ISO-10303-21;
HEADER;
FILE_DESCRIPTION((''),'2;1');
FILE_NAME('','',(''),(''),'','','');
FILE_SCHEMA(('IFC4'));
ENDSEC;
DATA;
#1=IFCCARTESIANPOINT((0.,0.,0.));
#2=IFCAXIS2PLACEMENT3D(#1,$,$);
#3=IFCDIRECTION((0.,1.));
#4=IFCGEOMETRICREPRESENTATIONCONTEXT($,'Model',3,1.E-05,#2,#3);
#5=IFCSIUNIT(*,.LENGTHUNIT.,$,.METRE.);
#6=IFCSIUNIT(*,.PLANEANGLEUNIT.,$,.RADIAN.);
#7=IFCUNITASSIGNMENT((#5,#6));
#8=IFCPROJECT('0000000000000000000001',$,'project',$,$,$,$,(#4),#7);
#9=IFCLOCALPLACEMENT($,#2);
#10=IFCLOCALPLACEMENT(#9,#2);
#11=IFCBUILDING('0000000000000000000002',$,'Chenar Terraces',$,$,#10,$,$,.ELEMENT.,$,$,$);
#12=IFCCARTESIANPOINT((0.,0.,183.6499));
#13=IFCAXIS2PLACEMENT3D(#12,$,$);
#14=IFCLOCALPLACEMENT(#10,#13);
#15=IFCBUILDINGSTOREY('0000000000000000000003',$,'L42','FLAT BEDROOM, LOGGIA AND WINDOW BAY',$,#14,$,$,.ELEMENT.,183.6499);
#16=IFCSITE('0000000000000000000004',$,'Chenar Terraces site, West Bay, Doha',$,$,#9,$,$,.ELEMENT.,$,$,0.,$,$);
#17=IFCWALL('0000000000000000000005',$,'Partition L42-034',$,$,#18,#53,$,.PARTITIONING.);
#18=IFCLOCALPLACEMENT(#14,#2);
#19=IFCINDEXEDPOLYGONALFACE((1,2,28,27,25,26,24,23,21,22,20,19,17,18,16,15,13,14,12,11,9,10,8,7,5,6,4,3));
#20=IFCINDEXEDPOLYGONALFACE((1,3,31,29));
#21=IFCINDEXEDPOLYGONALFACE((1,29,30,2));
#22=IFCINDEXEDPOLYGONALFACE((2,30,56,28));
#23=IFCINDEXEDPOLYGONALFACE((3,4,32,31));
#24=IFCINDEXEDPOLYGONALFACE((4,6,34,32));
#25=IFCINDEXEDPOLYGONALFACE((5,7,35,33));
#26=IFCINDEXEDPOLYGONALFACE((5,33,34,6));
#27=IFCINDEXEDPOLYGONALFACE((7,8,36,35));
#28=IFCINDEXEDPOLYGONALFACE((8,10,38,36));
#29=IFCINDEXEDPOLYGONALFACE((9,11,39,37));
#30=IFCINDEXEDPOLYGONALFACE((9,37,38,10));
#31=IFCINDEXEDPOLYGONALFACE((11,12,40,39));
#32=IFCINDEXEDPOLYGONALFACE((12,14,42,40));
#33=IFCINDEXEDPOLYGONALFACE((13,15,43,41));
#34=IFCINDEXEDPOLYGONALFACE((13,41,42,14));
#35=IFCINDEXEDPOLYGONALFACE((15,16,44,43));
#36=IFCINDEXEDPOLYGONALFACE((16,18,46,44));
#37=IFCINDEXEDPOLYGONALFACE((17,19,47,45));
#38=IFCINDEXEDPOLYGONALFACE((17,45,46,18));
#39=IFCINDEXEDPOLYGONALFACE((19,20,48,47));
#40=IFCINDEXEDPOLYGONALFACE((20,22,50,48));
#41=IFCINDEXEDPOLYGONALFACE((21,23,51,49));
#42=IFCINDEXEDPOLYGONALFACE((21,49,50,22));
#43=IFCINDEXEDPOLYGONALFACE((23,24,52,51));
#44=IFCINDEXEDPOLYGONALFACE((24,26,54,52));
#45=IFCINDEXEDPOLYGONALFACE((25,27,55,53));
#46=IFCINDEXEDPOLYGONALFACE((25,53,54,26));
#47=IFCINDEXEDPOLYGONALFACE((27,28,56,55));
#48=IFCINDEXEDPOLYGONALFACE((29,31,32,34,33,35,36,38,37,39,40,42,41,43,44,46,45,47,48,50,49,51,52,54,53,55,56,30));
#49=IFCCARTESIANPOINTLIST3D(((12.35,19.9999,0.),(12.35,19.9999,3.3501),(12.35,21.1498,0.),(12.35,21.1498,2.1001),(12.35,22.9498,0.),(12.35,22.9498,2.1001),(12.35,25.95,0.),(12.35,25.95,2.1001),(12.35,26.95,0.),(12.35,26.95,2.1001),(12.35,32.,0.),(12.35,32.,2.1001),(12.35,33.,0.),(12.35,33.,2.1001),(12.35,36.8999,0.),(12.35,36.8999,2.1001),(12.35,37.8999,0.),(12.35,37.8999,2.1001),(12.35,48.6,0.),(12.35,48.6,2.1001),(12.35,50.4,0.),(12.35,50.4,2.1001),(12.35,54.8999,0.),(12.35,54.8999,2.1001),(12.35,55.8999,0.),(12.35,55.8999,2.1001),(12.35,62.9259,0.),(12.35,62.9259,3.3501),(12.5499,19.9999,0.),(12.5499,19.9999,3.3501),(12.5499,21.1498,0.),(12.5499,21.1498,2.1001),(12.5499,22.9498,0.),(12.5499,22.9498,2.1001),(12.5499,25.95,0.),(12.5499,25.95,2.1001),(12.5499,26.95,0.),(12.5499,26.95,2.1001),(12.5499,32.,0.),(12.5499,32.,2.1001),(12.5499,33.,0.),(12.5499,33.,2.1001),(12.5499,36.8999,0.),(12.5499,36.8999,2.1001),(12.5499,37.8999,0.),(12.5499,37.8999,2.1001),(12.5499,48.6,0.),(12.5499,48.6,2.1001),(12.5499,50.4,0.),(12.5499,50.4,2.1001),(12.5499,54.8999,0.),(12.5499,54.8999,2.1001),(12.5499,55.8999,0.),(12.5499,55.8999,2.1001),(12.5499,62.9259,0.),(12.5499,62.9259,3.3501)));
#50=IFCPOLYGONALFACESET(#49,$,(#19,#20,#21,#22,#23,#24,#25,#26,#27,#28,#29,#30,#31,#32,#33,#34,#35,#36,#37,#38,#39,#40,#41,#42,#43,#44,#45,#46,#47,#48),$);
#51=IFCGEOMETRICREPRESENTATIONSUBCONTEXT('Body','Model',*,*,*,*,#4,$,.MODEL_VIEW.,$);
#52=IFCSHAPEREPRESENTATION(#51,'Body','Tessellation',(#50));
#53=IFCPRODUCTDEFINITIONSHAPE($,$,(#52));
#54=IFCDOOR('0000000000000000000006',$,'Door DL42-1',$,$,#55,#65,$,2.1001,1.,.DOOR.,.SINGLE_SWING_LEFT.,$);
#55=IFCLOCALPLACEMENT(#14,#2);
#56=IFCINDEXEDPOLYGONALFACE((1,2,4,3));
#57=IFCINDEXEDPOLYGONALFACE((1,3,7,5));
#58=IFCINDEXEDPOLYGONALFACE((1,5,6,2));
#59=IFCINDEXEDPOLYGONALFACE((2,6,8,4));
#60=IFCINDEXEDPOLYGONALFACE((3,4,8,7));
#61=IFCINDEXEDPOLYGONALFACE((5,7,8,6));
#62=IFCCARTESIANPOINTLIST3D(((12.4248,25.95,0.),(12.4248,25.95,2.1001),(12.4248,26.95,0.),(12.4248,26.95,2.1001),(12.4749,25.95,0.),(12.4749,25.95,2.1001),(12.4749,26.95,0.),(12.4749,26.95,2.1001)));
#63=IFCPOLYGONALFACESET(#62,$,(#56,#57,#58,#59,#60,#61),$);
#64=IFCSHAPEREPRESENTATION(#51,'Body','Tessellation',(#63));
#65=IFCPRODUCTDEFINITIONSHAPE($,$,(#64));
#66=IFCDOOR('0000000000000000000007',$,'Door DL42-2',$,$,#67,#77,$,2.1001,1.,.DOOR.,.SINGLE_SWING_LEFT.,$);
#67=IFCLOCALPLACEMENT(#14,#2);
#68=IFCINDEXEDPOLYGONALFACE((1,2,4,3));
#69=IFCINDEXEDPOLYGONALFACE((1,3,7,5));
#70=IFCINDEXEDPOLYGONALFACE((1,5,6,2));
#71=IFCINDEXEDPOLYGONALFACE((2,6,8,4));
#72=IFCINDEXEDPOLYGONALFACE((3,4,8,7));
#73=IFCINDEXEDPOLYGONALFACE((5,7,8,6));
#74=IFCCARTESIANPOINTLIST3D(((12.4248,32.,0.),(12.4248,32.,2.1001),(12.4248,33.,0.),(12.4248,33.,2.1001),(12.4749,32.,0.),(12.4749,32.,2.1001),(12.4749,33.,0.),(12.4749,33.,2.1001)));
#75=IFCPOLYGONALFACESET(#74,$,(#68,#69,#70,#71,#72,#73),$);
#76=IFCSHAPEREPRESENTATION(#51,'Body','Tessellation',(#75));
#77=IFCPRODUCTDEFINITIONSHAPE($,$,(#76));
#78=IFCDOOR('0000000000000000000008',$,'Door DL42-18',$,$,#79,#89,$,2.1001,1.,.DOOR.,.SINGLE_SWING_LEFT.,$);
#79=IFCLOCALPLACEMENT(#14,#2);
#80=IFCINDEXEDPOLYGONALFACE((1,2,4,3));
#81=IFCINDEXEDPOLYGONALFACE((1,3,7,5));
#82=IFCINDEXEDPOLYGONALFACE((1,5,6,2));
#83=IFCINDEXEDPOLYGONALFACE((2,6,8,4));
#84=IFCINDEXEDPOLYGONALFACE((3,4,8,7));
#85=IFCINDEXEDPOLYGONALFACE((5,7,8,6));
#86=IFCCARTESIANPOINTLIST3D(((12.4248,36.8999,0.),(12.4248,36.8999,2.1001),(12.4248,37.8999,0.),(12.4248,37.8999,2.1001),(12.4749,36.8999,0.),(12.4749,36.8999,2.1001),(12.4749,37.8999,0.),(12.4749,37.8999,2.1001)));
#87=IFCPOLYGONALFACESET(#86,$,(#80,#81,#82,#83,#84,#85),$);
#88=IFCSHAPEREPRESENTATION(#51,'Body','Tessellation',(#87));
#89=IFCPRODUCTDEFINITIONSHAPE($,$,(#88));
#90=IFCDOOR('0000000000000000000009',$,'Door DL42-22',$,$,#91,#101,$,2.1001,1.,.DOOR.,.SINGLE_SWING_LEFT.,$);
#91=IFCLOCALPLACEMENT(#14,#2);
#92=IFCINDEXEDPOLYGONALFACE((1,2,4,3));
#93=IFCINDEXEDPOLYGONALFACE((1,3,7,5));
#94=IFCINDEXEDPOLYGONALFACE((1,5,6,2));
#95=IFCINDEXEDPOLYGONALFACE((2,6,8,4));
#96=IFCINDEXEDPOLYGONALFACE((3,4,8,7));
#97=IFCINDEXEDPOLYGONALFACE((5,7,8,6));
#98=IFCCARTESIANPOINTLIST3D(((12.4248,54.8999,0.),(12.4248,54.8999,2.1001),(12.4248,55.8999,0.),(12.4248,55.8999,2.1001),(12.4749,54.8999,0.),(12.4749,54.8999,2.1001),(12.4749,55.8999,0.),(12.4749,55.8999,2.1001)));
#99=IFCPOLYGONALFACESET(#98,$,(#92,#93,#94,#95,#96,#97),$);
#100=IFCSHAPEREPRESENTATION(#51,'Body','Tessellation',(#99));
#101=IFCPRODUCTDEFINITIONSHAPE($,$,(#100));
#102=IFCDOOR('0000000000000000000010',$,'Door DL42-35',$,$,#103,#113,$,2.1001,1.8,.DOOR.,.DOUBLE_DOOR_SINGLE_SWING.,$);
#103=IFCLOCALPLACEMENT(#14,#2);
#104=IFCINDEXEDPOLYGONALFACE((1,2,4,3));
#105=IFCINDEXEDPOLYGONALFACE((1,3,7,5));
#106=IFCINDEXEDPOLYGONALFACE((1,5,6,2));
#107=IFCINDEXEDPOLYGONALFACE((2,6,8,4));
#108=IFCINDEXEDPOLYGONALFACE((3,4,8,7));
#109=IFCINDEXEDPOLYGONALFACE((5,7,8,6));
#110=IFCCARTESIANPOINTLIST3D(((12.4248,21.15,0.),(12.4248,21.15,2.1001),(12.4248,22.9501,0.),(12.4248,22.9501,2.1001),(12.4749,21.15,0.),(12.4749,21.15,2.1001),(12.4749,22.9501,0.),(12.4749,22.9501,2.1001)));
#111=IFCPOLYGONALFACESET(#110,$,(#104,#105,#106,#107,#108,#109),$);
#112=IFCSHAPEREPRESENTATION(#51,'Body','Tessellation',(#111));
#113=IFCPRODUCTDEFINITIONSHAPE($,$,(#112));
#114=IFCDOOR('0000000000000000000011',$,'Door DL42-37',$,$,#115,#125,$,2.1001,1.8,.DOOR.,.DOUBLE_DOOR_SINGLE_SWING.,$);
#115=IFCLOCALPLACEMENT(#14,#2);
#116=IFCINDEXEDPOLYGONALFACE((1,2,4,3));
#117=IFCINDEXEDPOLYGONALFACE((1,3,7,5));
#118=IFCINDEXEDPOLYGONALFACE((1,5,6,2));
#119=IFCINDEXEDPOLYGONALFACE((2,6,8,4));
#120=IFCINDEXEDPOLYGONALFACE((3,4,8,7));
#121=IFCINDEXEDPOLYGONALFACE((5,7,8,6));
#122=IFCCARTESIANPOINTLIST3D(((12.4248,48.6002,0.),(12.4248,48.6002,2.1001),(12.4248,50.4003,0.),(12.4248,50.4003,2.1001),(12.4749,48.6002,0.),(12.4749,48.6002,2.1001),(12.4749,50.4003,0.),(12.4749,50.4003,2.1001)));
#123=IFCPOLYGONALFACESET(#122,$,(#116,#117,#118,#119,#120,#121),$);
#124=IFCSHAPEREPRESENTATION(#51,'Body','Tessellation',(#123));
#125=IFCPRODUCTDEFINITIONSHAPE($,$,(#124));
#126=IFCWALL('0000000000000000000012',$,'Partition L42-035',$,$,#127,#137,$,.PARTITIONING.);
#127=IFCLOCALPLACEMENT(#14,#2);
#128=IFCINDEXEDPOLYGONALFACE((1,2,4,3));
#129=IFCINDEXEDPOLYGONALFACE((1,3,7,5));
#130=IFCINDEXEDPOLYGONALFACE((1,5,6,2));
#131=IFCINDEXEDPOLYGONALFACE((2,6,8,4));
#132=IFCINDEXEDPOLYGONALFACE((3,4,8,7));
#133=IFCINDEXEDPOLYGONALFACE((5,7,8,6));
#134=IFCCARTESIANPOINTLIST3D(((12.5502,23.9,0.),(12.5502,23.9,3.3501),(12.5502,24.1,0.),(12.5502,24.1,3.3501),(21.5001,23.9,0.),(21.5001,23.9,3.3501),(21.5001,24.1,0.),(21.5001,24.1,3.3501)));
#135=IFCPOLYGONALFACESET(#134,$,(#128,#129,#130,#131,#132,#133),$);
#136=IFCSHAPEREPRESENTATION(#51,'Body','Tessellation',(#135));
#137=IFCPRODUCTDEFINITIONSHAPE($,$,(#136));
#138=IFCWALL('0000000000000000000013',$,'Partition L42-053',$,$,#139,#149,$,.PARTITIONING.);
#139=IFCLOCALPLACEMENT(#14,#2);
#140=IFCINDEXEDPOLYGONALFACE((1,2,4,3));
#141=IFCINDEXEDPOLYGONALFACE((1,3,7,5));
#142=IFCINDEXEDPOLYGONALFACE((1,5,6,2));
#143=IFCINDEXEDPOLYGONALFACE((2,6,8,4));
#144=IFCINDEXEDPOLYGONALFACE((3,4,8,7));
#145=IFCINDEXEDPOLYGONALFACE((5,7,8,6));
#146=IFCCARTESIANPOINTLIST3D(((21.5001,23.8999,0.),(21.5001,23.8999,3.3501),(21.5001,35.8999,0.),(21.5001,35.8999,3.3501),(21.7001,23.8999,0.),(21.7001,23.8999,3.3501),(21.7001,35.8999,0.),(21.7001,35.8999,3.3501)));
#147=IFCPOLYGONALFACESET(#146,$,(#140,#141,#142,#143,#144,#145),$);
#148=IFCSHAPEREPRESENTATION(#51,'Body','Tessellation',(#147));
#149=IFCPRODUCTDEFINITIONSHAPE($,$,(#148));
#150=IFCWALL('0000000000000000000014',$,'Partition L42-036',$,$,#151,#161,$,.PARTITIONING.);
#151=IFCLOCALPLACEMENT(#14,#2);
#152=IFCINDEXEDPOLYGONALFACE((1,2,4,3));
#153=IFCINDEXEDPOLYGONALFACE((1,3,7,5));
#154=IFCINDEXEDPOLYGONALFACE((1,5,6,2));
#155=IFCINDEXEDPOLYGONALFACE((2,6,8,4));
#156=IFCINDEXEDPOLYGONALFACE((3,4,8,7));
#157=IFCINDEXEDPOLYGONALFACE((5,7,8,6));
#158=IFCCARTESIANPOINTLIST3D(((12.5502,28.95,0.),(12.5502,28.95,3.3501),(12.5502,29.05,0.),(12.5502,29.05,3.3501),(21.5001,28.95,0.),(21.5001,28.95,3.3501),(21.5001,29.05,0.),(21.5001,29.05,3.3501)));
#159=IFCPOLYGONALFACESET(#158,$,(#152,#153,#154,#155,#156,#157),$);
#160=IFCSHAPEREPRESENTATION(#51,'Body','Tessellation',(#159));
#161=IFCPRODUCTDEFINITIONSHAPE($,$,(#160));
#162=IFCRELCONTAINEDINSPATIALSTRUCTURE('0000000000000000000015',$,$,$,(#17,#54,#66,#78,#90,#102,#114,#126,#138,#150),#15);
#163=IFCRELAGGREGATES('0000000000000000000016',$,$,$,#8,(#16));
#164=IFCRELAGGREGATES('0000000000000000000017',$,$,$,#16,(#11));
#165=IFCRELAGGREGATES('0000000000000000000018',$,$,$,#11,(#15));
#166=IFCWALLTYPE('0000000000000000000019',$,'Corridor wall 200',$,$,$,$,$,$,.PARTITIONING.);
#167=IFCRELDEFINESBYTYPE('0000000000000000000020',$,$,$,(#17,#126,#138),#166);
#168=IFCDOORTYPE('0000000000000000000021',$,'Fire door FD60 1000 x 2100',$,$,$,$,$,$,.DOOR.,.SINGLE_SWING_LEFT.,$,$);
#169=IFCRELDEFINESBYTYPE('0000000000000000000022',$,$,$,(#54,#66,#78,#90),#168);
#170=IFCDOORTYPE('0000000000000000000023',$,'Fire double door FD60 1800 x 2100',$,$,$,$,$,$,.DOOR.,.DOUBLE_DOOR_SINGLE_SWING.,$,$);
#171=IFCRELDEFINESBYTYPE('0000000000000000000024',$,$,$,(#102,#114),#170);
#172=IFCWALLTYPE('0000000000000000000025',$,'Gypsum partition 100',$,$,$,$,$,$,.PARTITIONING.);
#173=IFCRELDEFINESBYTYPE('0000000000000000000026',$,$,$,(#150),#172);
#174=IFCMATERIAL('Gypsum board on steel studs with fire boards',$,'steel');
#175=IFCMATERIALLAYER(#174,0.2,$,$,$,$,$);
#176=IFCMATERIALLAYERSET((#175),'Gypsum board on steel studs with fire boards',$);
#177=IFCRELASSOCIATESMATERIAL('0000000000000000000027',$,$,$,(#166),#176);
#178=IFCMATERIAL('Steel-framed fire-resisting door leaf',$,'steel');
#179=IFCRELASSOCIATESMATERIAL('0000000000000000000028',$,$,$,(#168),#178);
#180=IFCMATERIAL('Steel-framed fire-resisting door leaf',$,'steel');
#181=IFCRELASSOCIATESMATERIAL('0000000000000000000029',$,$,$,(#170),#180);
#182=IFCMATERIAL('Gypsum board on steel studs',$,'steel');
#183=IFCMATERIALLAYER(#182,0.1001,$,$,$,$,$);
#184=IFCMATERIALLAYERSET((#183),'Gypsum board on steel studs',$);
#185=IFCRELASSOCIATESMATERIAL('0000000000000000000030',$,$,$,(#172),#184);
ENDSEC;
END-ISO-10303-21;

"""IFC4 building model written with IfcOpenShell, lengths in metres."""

from ifc_helpers import new_model, si_unit, direction, frame, frame_2d, origin, place, context, subcontext, project, spatial, rectangle, extrude, material, layer, layer_set, type_object, element, fill, save


model = new_model("IFC4")

# Units and contexts
model_context = context("Model", 3, precision=1e-05, world=origin(), true_north=direction((0.0, 1.0)))
body_context = subcontext(model_context, "Body", "Model", "MODEL_VIEW")
ifc_project = project(units=[si_unit("LENGTHUNIT", "METRE"), si_unit("PLANEANGLEUNIT", "RADIAN")], contexts=[model_context])

# Site, building, storey
site_placement = place(None, origin())
site = spatial("IfcSite", under=ifc_project, at=site_placement, Name="Chenar Terraces site, West Bay, Doha", CompositionType="ELEMENT", RefElevation=0.0)
building_placement = place(site_placement, origin())
building = spatial("IfcBuilding", under=site, at=building_placement, Name="Chenar Terraces", CompositionType="ELEMENT")
storey_placement = place(building_placement, frame((0.0, 0.0, 183.6499)))
storey = spatial("IfcBuildingStorey", under=building, at=storey_placement, Name="L42", Description="FLAT BEDROOM, LOGGIA AND WINDOW BAY", CompositionType="ELEMENT", Elevation=183.6499)

# Wall, openings, doors
ifc_material_1 = material(Name="Gypsum board on steel studs with fire boards", Category="steel")
ifc_layer_1 = layer(ifc_material_1, 0.2)
ifc_layer_set_1 = layer_set([ifc_layer_1], Name="Gypsum board on steel studs with fire boards")
wall_type_1 = type_object("IfcWallType", Name="Corridor wall 200", PredefinedType="PARTITIONING", material=ifc_layer_set_1)
wall_1_placement = place(storey_placement, frame((12.45, 20.0, 0.0), z_axis=(0.0, 0.0, 1.0), x_axis=(0.0, 1.0, 0.0)))
wall_1 = element("IfcWall", 1, at=wall_1_placement, inside=storey, type_object=wall_type_1, Name="Partition L42-034", PredefinedType="PARTITIONING", context=body_context, shape_type="SweptSolid", body=[
    extrude(rectangle(XDim=42.926, YDim=0.2, at=frame_2d((21.4629, 0.0))), origin(), (0.0, 0.0, 1.0), 3.3501),
])
opening_1_placement = place(wall_1_placement, frame((5.95, 0.0, 0.0)))
opening_1 = element("IfcOpeningElement", 2, at=opening_1_placement, cuts=wall_1, PredefinedType="OPENING", context=body_context, shape_type="SweptSolid", body=[
    extrude(rectangle(XDim=1.0, YDim=2.1001, at=frame_2d((0.5, 1.05))), frame((0.0, 0.1099, 0.0), z_axis=(0.0, -1.0, 0.0), x_axis=(1.0, 0.0, 0.0)), (0.0, 0.0, 1.0), 0.22),
])
opening_2_placement = place(wall_1_placement, frame((12.0, 0.0, 0.0)))
opening_2 = element("IfcOpeningElement", 3, at=opening_2_placement, cuts=wall_1, PredefinedType="OPENING", context=body_context, shape_type="SweptSolid", body=[
    extrude(rectangle(XDim=1.0, YDim=2.1001, at=frame_2d((0.5, 1.05))), frame((0.0, 0.1099, 0.0), z_axis=(0.0, -1.0, 0.0), x_axis=(1.0, 0.0, 0.0)), (0.0, 0.0, 1.0), 0.22),
])
opening_3_placement = place(wall_1_placement, frame((16.8999, 0.0, 0.0)))
opening_3 = element("IfcOpeningElement", 4, at=opening_3_placement, cuts=wall_1, PredefinedType="OPENING", context=body_context, shape_type="SweptSolid", body=[
    extrude(rectangle(XDim=1.0, YDim=2.1001, at=frame_2d((0.5, 1.05))), frame((0.0, 0.1099, 0.0), z_axis=(0.0, -1.0, 0.0), x_axis=(1.0, 0.0, 0.0)), (0.0, 0.0, 1.0), 0.22),
])
opening_4_placement = place(wall_1_placement, frame((34.8999, 0.0, 0.0)))
opening_4 = element("IfcOpeningElement", 5, at=opening_4_placement, cuts=wall_1, PredefinedType="OPENING", context=body_context, shape_type="SweptSolid", body=[
    extrude(rectangle(XDim=1.0, YDim=2.1001, at=frame_2d((0.5, 1.05))), frame((0.0, 0.1099, 0.0), z_axis=(0.0, -1.0, 0.0), x_axis=(1.0, 0.0, 0.0)), (0.0, 0.0, 1.0), 0.22),
])
opening_5_placement = place(wall_1_placement, frame((1.1499, 0.0, 0.0)))
opening_5 = element("IfcOpeningElement", 6, at=opening_5_placement, cuts=wall_1, PredefinedType="OPENING", context=body_context, shape_type="SweptSolid", body=[
    extrude(rectangle(XDim=1.8, YDim=2.1001, at=frame_2d((0.8999, 1.05))), frame((0.0, 0.1099, 0.0), z_axis=(0.0, -1.0, 0.0), x_axis=(1.0, 0.0, 0.0)), (0.0, 0.0, 1.0), 0.22),
])
opening_6_placement = place(wall_1_placement, frame((28.6001, 0.0, 0.0)))
opening_6 = element("IfcOpeningElement", 7, at=opening_6_placement, cuts=wall_1, PredefinedType="OPENING", context=body_context, shape_type="SweptSolid", body=[
    extrude(rectangle(XDim=1.8, YDim=2.1001, at=frame_2d((0.8999, 1.05))), frame((0.0, 0.1099, 0.0), z_axis=(0.0, -1.0, 0.0), x_axis=(1.0, 0.0, 0.0)), (0.0, 0.0, 1.0), 0.22),
])
ifc_material_2 = material(Name="Steel-framed fire-resisting door leaf", Category="steel")
door_type_1 = type_object("IfcDoorType", Name="Fire door FD60 1000 x 2100", OperationType="SINGLE_SWING_LEFT", PredefinedType="DOOR", material=ifc_material_2)
door_1_placement = place(opening_1_placement, frame((1.0, 0.0, 0.0), z_axis=(0.0, 0.0, 1.0), x_axis=(-1.0, 0.0, 0.0)))
door_1 = element("IfcDoor", 8, at=door_1_placement, inside=storey, type_object=door_type_1, Name="Door DL42-1", OperationType="SINGLE_SWING_LEFT", OverallHeight=2.1001, OverallWidth=1.0, PredefinedType="DOOR", context=body_context, shape_type="SweptSolid", body=[
    extrude(rectangle(XDim=1.0, YDim=2.1001, at=frame_2d((0.5, 1.05))), frame((0.0, 0.0249, 0.0), z_axis=(0.0, -1.0, 0.0), x_axis=(1.0, 0.0, 0.0)), (0.0, 0.0, 1.0), 0.05),
])
fill(opening_1, door_1)
door_2_placement = place(opening_2_placement, frame((1.0, 0.0, 0.0), z_axis=(0.0, 0.0, 1.0), x_axis=(-1.0, 0.0, 0.0)))
door_2 = element("IfcDoor", 9, at=door_2_placement, inside=storey, type_object=door_type_1, Name="Door DL42-2", OperationType="SINGLE_SWING_LEFT", OverallHeight=2.1001, OverallWidth=1.0, PredefinedType="DOOR", context=body_context, shape_type="SweptSolid", body=[
    extrude(rectangle(XDim=1.0, YDim=2.1001, at=frame_2d((0.5, 1.05))), frame((0.0, 0.0249, 0.0), z_axis=(0.0, -1.0, 0.0), x_axis=(1.0, 0.0, 0.0)), (0.0, 0.0, 1.0), 0.05),
])
fill(opening_2, door_2)
door_3_placement = place(opening_3_placement, frame((1.0, 0.0, 0.0), z_axis=(0.0, 0.0, 1.0), x_axis=(-1.0, 0.0, 0.0)))
door_3 = element("IfcDoor", 10, at=door_3_placement, inside=storey, type_object=door_type_1, Name="Door DL42-18", OperationType="SINGLE_SWING_LEFT", OverallHeight=2.1001, OverallWidth=1.0, PredefinedType="DOOR", context=body_context, shape_type="SweptSolid", body=[
    extrude(rectangle(XDim=1.0, YDim=2.1001, at=frame_2d((0.5, 1.05))), frame((0.0, 0.0249, 0.0), z_axis=(0.0, -1.0, 0.0), x_axis=(1.0, 0.0, 0.0)), (0.0, 0.0, 1.0), 0.05),
])
fill(opening_3, door_3)
door_4_placement = place(opening_4_placement, frame((1.0, 0.0, 0.0), z_axis=(0.0, 0.0, 1.0), x_axis=(-1.0, 0.0, 0.0)))
door_4 = element("IfcDoor", 11, at=door_4_placement, inside=storey, type_object=door_type_1, Name="Door DL42-22", OperationType="SINGLE_SWING_LEFT", OverallHeight=2.1001, OverallWidth=1.0, PredefinedType="DOOR", context=body_context, shape_type="SweptSolid", body=[
    extrude(rectangle(XDim=1.0, YDim=2.1001, at=frame_2d((0.5, 1.05))), frame((0.0, 0.0249, 0.0), z_axis=(0.0, -1.0, 0.0), x_axis=(1.0, 0.0, 0.0)), (0.0, 0.0, 1.0), 0.05),
])
fill(opening_4, door_4)
ifc_material_3 = material(Name="Steel-framed fire-resisting door leaf", Category="steel")
door_type_2 = type_object("IfcDoorType", Name="Fire double door FD60 1800 x 2100", OperationType="DOUBLE_DOOR_SINGLE_SWING", PredefinedType="DOOR", material=ifc_material_3)
door_5_placement = place(opening_5_placement, frame((1.8, 0.0, 0.0), z_axis=(0.0, 0.0, 1.0), x_axis=(-1.0, 0.0, 0.0)))
door_5 = element("IfcDoor", 12, at=door_5_placement, inside=storey, type_object=door_type_2, Name="Door DL42-35", OperationType="DOUBLE_DOOR_SINGLE_SWING", OverallHeight=2.1001, OverallWidth=1.8, PredefinedType="DOOR", context=body_context, shape_type="SweptSolid", body=[
    extrude(rectangle(XDim=1.8, YDim=2.1001, at=frame_2d((0.8999, 1.05))), frame((0.0, 0.0249, 0.0), z_axis=(0.0, -1.0, 0.0), x_axis=(1.0, 0.0, 0.0)), (0.0, 0.0, 1.0), 0.05),
])
fill(opening_5, door_5)
door_6_placement = place(opening_6_placement, frame((1.8, 0.0, 0.0), z_axis=(0.0, 0.0, 1.0), x_axis=(-1.0, 0.0, 0.0)))
door_6 = element("IfcDoor", 13, at=door_6_placement, inside=storey, type_object=door_type_2, Name="Door DL42-37", OperationType="DOUBLE_DOOR_SINGLE_SWING", OverallHeight=2.1001, OverallWidth=1.8, PredefinedType="DOOR", context=body_context, shape_type="SweptSolid", body=[
    extrude(rectangle(XDim=1.8, YDim=2.1001, at=frame_2d((0.8999, 1.05))), frame((0.0, 0.0249, 0.0), z_axis=(0.0, -1.0, 0.0), x_axis=(1.0, 0.0, 0.0)), (0.0, 0.0, 1.0), 0.05),
])
fill(opening_6, door_6)

# Walls
wall_2_placement = place(storey_placement, frame((12.55, 24.0, 0.0), z_axis=(0.0, 0.0, 1.0), x_axis=(1.0, 0.0, 0.0)))
element("IfcWall", 14, at=wall_2_placement, inside=storey, type_object=wall_type_1, Name="Partition L42-035", PredefinedType="PARTITIONING", context=body_context, shape_type="SweptSolid", body=[
    extrude(rectangle(XDim=8.95, YDim=0.2, at=frame_2d((4.4751, 0.0))), origin(), (0.0, 0.0, 1.0), 3.3501),
])
wall_3_placement = place(storey_placement, frame((21.6001, 23.8999, 0.0), z_axis=(0.0, 0.0, 1.0), x_axis=(0.0, 1.0, 0.0)))
element("IfcWall", 15, at=wall_3_placement, inside=storey, type_object=wall_type_1, Name="Partition L42-053", PredefinedType="PARTITIONING", context=body_context, shape_type="SweptSolid", body=[
    extrude(rectangle(XDim=12.0, YDim=0.2, at=frame_2d((6.0, 0.0))), origin(), (0.0, 0.0, 1.0), 3.3501),
])
ifc_material_4 = material(Name="Gypsum board on steel studs", Category="steel")
ifc_layer_2 = layer(ifc_material_4, 0.1001)
ifc_layer_set_2 = layer_set([ifc_layer_2], Name="Gypsum board on steel studs")
wall_type_2 = type_object("IfcWallType", Name="Gypsum partition 100", PredefinedType="PARTITIONING", material=ifc_layer_set_2)
wall_4_placement = place(storey_placement, frame((12.55, 29.0, 0.0), z_axis=(0.0, 0.0, 1.0), x_axis=(1.0, 0.0, 0.0)))
element("IfcWall", 16, at=wall_4_placement, inside=storey, type_object=wall_type_2, Name="Partition L42-036", PredefinedType="PARTITIONING", context=body_context, shape_type="SweptSolid", body=[
    extrude(rectangle(XDim=8.95, YDim=0.1001, at=frame_2d((4.4751, 0.0))), origin(), (0.0, 0.0, 1.0), 3.3501),
])

save(model, "model.ifc")
